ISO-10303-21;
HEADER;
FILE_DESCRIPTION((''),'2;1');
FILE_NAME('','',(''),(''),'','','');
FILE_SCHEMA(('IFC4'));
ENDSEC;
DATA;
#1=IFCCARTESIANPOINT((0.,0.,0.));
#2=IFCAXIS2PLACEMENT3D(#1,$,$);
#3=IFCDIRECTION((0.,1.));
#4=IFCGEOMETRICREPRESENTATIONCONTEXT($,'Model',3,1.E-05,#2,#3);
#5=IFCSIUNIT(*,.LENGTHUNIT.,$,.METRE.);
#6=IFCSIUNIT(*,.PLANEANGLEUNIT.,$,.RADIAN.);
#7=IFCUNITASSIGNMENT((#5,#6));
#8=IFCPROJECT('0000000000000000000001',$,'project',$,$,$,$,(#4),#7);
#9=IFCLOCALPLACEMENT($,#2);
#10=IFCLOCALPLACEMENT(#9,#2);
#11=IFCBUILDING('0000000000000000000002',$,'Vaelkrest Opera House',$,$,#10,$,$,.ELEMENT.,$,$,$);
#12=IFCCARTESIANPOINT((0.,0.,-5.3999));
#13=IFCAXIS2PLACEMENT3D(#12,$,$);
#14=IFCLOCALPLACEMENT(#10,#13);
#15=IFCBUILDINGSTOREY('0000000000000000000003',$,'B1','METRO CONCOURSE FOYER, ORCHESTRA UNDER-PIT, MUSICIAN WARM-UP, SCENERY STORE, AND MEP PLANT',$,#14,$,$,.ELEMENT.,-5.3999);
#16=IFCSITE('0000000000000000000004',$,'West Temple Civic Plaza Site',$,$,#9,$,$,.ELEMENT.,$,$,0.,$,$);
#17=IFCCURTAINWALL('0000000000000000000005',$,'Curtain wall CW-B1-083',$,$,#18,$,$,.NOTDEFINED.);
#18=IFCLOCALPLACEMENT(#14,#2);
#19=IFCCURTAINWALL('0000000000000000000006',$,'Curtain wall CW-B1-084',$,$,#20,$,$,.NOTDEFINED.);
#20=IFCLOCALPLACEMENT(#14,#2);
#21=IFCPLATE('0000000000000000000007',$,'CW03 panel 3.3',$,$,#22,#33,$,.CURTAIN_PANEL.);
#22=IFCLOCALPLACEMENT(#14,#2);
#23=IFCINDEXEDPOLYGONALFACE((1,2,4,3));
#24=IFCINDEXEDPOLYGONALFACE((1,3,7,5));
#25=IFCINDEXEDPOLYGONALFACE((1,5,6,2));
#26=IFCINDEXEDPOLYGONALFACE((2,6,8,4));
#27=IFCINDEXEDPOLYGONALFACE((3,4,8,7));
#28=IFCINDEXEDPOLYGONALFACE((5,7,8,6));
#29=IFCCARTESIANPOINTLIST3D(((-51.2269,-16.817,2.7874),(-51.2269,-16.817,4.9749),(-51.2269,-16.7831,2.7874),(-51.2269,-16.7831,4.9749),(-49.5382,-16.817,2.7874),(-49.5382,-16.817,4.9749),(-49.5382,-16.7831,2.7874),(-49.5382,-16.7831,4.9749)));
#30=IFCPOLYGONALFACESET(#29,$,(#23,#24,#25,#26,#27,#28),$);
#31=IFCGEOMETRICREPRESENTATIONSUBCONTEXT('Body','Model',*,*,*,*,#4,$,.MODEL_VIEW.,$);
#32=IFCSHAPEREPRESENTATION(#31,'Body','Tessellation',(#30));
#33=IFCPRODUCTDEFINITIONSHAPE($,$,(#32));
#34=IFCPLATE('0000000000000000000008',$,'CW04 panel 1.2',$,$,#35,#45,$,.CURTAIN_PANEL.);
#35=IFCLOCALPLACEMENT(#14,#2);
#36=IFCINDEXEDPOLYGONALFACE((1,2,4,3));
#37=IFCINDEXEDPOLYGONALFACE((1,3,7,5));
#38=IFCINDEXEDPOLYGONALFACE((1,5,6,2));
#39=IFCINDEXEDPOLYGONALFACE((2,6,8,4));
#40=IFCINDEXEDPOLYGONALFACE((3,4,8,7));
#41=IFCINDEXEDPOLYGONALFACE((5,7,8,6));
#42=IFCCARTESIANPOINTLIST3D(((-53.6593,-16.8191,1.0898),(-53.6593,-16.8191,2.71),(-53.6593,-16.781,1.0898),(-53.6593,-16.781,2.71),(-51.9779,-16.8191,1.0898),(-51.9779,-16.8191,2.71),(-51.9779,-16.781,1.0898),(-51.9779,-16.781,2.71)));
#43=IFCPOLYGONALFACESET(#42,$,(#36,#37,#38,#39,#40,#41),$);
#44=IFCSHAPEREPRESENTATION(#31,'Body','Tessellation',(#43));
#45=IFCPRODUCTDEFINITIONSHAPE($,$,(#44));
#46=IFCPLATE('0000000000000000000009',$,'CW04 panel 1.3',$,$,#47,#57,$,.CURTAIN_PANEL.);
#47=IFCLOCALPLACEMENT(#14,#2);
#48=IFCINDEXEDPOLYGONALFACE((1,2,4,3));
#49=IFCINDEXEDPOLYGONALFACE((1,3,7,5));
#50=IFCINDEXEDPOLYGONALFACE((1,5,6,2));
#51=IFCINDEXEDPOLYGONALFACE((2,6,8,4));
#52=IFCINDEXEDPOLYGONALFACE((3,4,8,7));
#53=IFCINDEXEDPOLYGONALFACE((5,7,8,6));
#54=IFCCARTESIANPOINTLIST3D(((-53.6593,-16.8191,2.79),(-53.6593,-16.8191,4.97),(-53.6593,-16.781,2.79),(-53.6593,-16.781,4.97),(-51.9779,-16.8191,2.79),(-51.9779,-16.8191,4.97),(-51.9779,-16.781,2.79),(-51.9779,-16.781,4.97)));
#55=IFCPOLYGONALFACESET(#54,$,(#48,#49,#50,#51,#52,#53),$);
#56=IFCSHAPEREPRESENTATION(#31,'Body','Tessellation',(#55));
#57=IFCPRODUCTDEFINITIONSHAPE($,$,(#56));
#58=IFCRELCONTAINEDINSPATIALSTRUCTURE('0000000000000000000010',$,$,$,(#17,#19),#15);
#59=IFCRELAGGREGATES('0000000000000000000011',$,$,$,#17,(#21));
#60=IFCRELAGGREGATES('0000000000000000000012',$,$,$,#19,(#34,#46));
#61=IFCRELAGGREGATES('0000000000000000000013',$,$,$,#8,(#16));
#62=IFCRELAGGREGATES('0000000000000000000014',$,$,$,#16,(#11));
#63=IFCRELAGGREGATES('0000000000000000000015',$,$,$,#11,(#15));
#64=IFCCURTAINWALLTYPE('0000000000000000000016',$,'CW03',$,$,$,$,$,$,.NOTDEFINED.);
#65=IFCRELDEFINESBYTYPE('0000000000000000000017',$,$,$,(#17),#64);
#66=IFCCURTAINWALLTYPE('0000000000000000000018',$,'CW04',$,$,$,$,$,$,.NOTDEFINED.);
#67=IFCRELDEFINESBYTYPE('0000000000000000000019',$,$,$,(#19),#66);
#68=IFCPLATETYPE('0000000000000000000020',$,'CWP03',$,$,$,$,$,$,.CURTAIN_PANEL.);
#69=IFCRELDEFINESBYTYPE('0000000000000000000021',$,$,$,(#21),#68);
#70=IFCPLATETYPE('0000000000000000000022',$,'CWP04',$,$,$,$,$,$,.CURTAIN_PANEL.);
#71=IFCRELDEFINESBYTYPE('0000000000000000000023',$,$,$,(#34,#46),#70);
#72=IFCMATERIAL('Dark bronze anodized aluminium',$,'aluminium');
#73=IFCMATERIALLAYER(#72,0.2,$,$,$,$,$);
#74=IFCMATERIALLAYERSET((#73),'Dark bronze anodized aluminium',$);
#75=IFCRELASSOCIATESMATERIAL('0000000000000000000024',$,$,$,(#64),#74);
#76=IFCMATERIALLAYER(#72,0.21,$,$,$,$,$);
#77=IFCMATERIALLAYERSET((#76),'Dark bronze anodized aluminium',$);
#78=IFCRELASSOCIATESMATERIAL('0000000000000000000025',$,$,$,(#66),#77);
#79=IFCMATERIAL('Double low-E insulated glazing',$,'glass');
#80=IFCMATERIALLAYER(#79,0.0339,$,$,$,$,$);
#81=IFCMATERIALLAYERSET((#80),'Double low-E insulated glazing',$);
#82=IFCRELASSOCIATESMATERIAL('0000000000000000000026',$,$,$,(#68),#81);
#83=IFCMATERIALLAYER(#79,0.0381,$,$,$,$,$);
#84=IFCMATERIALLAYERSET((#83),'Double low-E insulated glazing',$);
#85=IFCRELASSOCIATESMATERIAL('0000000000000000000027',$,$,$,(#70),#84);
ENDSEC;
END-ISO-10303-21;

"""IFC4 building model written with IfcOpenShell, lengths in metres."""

from ifc_helpers import new_model, si_unit, direction, frame, origin, origin_2d, place, context, subcontext, project, spatial, rectangle, extrude, material, layer, layer_set, type_object, element, aggregate, save


model = new_model("IFC4")

# Units and contexts
model_context = context("Model", 3, precision=1e-05, world=origin(), true_north=direction((0.0, 1.0)))
body_context = subcontext(model_context, "Body", "Model", "MODEL_VIEW")
ifc_project = project(units=[si_unit("LENGTHUNIT", "METRE"), si_unit("PLANEANGLEUNIT", "RADIAN")], contexts=[model_context])

# Site, building, storey
site_placement = place(None, origin())
site = spatial("IfcSite", under=ifc_project, at=site_placement, Name="West Temple Civic Plaza Site", CompositionType="ELEMENT", RefElevation=0.0)
building_placement = place(site_placement, origin())
building = spatial("IfcBuilding", under=site, at=building_placement, Name="Vaelkrest Opera House", CompositionType="ELEMENT")
storey_placement = place(building_placement, frame((0.0, 0.0, -5.3999)))
storey = spatial("IfcBuildingStorey", under=building, at=storey_placement, Name="B1", Description="METRO CONCOURSE FOYER, ORCHESTRA UNDER-PIT, MUSICIAN WARM-UP, SCENERY STORE, AND MEP PLANT", CompositionType="ELEMENT", Elevation=-5.3999)

# Curtain wall
ifc_material_1 = material(Name="Dark bronze anodized aluminium", Category="aluminium")
ifc_layer_1 = layer(ifc_material_1, 0.2)
ifc_layer_set_1 = layer_set([ifc_layer_1], Name="Dark bronze anodized aluminium")
curtain_wall_type_1 = type_object("IfcCurtainWallType", Name="CW03", PredefinedType="NOTDEFINED", material=ifc_layer_set_1)
curtain_wall_1_placement = place(storey_placement, origin())
curtain_wall_1 = element("IfcCurtainWall", 1, at=curtain_wall_1_placement, inside=storey, type_object=curtain_wall_type_1, Name="Curtain wall CW-B1-083", PredefinedType="NOTDEFINED")

# Curtain wall
ifc_layer_2 = layer(ifc_material_1, 0.21)
ifc_layer_set_2 = layer_set([ifc_layer_2], Name="Dark bronze anodized aluminium")
curtain_wall_type_2 = type_object("IfcCurtainWallType", Name="CW04", PredefinedType="NOTDEFINED", material=ifc_layer_set_2)
curtain_wall_2_placement = place(storey_placement, origin())
curtain_wall_2 = element("IfcCurtainWall", 2, at=curtain_wall_2_placement, inside=storey, type_object=curtain_wall_type_2, Name="Curtain wall CW-B1-084", PredefinedType="NOTDEFINED")

# Plates
ifc_material_2 = material(Name="Double low-E insulated glazing", Category="glass")
ifc_layer_3 = layer(ifc_material_2, 0.0339)
ifc_layer_set_3 = layer_set([ifc_layer_3], Name="Double low-E insulated glazing")
plate_type_1 = type_object("IfcPlateType", Name="CWP03", PredefinedType="CURTAIN_PANEL", material=ifc_layer_set_3)
plate_1_placement = place(storey_placement, frame((-50.3826, -16.8, 2.7874), z_axis=(0.0, 0.0, 1.0), x_axis=(-1.0, 0.0, 0.0)))
plate_1 = element("IfcPlate", 3, at=plate_1_placement, type_object=plate_type_1, Name="CW03 panel 3.3", PredefinedType="CURTAIN_PANEL", context=body_context, shape_type="SweptSolid", body=[
    extrude(rectangle(XDim=1.6887, YDim=0.0339, at=origin_2d()), origin(), (0.0, 0.0, 1.0), 2.1875),
])
aggregate(curtain_wall_1, [plate_1])
ifc_layer_4 = layer(ifc_material_2, 0.0381)
ifc_layer_set_4 = layer_set([ifc_layer_4], Name="Double low-E insulated glazing")
plate_type_2 = type_object("IfcPlateType", Name="CWP04", PredefinedType="CURTAIN_PANEL", material=ifc_layer_set_4)
plate_2_placement = place(storey_placement, frame((-52.8186, -16.8, 1.0898), z_axis=(0.0, 0.0, 1.0), x_axis=(-1.0, 0.0, 0.0)))
plate_2 = element("IfcPlate", 4, at=plate_2_placement, type_object=plate_type_2, Name="CW04 panel 1.2", PredefinedType="CURTAIN_PANEL", context=body_context, shape_type="SweptSolid", body=[
    extrude(rectangle(XDim=1.6814, YDim=0.0381, at=origin_2d()), origin(), (0.0, 0.0, 1.0), 1.6201),
])
plate_3_placement = place(storey_placement, frame((-52.8186, -16.8, 2.79), z_axis=(0.0, 0.0, 1.0), x_axis=(-1.0, 0.0, 0.0)))
plate_3 = element("IfcPlate", 5, at=plate_3_placement, type_object=plate_type_2, Name="CW04 panel 1.3", PredefinedType="CURTAIN_PANEL", context=body_context, shape_type="SweptSolid", body=[
    extrude(rectangle(XDim=1.6814, YDim=0.0381, at=origin_2d()), origin(), (0.0, 0.0, 1.0), 2.1799),
])
aggregate(curtain_wall_2, [plate_2, plate_3])

save(model, "model.ifc")
